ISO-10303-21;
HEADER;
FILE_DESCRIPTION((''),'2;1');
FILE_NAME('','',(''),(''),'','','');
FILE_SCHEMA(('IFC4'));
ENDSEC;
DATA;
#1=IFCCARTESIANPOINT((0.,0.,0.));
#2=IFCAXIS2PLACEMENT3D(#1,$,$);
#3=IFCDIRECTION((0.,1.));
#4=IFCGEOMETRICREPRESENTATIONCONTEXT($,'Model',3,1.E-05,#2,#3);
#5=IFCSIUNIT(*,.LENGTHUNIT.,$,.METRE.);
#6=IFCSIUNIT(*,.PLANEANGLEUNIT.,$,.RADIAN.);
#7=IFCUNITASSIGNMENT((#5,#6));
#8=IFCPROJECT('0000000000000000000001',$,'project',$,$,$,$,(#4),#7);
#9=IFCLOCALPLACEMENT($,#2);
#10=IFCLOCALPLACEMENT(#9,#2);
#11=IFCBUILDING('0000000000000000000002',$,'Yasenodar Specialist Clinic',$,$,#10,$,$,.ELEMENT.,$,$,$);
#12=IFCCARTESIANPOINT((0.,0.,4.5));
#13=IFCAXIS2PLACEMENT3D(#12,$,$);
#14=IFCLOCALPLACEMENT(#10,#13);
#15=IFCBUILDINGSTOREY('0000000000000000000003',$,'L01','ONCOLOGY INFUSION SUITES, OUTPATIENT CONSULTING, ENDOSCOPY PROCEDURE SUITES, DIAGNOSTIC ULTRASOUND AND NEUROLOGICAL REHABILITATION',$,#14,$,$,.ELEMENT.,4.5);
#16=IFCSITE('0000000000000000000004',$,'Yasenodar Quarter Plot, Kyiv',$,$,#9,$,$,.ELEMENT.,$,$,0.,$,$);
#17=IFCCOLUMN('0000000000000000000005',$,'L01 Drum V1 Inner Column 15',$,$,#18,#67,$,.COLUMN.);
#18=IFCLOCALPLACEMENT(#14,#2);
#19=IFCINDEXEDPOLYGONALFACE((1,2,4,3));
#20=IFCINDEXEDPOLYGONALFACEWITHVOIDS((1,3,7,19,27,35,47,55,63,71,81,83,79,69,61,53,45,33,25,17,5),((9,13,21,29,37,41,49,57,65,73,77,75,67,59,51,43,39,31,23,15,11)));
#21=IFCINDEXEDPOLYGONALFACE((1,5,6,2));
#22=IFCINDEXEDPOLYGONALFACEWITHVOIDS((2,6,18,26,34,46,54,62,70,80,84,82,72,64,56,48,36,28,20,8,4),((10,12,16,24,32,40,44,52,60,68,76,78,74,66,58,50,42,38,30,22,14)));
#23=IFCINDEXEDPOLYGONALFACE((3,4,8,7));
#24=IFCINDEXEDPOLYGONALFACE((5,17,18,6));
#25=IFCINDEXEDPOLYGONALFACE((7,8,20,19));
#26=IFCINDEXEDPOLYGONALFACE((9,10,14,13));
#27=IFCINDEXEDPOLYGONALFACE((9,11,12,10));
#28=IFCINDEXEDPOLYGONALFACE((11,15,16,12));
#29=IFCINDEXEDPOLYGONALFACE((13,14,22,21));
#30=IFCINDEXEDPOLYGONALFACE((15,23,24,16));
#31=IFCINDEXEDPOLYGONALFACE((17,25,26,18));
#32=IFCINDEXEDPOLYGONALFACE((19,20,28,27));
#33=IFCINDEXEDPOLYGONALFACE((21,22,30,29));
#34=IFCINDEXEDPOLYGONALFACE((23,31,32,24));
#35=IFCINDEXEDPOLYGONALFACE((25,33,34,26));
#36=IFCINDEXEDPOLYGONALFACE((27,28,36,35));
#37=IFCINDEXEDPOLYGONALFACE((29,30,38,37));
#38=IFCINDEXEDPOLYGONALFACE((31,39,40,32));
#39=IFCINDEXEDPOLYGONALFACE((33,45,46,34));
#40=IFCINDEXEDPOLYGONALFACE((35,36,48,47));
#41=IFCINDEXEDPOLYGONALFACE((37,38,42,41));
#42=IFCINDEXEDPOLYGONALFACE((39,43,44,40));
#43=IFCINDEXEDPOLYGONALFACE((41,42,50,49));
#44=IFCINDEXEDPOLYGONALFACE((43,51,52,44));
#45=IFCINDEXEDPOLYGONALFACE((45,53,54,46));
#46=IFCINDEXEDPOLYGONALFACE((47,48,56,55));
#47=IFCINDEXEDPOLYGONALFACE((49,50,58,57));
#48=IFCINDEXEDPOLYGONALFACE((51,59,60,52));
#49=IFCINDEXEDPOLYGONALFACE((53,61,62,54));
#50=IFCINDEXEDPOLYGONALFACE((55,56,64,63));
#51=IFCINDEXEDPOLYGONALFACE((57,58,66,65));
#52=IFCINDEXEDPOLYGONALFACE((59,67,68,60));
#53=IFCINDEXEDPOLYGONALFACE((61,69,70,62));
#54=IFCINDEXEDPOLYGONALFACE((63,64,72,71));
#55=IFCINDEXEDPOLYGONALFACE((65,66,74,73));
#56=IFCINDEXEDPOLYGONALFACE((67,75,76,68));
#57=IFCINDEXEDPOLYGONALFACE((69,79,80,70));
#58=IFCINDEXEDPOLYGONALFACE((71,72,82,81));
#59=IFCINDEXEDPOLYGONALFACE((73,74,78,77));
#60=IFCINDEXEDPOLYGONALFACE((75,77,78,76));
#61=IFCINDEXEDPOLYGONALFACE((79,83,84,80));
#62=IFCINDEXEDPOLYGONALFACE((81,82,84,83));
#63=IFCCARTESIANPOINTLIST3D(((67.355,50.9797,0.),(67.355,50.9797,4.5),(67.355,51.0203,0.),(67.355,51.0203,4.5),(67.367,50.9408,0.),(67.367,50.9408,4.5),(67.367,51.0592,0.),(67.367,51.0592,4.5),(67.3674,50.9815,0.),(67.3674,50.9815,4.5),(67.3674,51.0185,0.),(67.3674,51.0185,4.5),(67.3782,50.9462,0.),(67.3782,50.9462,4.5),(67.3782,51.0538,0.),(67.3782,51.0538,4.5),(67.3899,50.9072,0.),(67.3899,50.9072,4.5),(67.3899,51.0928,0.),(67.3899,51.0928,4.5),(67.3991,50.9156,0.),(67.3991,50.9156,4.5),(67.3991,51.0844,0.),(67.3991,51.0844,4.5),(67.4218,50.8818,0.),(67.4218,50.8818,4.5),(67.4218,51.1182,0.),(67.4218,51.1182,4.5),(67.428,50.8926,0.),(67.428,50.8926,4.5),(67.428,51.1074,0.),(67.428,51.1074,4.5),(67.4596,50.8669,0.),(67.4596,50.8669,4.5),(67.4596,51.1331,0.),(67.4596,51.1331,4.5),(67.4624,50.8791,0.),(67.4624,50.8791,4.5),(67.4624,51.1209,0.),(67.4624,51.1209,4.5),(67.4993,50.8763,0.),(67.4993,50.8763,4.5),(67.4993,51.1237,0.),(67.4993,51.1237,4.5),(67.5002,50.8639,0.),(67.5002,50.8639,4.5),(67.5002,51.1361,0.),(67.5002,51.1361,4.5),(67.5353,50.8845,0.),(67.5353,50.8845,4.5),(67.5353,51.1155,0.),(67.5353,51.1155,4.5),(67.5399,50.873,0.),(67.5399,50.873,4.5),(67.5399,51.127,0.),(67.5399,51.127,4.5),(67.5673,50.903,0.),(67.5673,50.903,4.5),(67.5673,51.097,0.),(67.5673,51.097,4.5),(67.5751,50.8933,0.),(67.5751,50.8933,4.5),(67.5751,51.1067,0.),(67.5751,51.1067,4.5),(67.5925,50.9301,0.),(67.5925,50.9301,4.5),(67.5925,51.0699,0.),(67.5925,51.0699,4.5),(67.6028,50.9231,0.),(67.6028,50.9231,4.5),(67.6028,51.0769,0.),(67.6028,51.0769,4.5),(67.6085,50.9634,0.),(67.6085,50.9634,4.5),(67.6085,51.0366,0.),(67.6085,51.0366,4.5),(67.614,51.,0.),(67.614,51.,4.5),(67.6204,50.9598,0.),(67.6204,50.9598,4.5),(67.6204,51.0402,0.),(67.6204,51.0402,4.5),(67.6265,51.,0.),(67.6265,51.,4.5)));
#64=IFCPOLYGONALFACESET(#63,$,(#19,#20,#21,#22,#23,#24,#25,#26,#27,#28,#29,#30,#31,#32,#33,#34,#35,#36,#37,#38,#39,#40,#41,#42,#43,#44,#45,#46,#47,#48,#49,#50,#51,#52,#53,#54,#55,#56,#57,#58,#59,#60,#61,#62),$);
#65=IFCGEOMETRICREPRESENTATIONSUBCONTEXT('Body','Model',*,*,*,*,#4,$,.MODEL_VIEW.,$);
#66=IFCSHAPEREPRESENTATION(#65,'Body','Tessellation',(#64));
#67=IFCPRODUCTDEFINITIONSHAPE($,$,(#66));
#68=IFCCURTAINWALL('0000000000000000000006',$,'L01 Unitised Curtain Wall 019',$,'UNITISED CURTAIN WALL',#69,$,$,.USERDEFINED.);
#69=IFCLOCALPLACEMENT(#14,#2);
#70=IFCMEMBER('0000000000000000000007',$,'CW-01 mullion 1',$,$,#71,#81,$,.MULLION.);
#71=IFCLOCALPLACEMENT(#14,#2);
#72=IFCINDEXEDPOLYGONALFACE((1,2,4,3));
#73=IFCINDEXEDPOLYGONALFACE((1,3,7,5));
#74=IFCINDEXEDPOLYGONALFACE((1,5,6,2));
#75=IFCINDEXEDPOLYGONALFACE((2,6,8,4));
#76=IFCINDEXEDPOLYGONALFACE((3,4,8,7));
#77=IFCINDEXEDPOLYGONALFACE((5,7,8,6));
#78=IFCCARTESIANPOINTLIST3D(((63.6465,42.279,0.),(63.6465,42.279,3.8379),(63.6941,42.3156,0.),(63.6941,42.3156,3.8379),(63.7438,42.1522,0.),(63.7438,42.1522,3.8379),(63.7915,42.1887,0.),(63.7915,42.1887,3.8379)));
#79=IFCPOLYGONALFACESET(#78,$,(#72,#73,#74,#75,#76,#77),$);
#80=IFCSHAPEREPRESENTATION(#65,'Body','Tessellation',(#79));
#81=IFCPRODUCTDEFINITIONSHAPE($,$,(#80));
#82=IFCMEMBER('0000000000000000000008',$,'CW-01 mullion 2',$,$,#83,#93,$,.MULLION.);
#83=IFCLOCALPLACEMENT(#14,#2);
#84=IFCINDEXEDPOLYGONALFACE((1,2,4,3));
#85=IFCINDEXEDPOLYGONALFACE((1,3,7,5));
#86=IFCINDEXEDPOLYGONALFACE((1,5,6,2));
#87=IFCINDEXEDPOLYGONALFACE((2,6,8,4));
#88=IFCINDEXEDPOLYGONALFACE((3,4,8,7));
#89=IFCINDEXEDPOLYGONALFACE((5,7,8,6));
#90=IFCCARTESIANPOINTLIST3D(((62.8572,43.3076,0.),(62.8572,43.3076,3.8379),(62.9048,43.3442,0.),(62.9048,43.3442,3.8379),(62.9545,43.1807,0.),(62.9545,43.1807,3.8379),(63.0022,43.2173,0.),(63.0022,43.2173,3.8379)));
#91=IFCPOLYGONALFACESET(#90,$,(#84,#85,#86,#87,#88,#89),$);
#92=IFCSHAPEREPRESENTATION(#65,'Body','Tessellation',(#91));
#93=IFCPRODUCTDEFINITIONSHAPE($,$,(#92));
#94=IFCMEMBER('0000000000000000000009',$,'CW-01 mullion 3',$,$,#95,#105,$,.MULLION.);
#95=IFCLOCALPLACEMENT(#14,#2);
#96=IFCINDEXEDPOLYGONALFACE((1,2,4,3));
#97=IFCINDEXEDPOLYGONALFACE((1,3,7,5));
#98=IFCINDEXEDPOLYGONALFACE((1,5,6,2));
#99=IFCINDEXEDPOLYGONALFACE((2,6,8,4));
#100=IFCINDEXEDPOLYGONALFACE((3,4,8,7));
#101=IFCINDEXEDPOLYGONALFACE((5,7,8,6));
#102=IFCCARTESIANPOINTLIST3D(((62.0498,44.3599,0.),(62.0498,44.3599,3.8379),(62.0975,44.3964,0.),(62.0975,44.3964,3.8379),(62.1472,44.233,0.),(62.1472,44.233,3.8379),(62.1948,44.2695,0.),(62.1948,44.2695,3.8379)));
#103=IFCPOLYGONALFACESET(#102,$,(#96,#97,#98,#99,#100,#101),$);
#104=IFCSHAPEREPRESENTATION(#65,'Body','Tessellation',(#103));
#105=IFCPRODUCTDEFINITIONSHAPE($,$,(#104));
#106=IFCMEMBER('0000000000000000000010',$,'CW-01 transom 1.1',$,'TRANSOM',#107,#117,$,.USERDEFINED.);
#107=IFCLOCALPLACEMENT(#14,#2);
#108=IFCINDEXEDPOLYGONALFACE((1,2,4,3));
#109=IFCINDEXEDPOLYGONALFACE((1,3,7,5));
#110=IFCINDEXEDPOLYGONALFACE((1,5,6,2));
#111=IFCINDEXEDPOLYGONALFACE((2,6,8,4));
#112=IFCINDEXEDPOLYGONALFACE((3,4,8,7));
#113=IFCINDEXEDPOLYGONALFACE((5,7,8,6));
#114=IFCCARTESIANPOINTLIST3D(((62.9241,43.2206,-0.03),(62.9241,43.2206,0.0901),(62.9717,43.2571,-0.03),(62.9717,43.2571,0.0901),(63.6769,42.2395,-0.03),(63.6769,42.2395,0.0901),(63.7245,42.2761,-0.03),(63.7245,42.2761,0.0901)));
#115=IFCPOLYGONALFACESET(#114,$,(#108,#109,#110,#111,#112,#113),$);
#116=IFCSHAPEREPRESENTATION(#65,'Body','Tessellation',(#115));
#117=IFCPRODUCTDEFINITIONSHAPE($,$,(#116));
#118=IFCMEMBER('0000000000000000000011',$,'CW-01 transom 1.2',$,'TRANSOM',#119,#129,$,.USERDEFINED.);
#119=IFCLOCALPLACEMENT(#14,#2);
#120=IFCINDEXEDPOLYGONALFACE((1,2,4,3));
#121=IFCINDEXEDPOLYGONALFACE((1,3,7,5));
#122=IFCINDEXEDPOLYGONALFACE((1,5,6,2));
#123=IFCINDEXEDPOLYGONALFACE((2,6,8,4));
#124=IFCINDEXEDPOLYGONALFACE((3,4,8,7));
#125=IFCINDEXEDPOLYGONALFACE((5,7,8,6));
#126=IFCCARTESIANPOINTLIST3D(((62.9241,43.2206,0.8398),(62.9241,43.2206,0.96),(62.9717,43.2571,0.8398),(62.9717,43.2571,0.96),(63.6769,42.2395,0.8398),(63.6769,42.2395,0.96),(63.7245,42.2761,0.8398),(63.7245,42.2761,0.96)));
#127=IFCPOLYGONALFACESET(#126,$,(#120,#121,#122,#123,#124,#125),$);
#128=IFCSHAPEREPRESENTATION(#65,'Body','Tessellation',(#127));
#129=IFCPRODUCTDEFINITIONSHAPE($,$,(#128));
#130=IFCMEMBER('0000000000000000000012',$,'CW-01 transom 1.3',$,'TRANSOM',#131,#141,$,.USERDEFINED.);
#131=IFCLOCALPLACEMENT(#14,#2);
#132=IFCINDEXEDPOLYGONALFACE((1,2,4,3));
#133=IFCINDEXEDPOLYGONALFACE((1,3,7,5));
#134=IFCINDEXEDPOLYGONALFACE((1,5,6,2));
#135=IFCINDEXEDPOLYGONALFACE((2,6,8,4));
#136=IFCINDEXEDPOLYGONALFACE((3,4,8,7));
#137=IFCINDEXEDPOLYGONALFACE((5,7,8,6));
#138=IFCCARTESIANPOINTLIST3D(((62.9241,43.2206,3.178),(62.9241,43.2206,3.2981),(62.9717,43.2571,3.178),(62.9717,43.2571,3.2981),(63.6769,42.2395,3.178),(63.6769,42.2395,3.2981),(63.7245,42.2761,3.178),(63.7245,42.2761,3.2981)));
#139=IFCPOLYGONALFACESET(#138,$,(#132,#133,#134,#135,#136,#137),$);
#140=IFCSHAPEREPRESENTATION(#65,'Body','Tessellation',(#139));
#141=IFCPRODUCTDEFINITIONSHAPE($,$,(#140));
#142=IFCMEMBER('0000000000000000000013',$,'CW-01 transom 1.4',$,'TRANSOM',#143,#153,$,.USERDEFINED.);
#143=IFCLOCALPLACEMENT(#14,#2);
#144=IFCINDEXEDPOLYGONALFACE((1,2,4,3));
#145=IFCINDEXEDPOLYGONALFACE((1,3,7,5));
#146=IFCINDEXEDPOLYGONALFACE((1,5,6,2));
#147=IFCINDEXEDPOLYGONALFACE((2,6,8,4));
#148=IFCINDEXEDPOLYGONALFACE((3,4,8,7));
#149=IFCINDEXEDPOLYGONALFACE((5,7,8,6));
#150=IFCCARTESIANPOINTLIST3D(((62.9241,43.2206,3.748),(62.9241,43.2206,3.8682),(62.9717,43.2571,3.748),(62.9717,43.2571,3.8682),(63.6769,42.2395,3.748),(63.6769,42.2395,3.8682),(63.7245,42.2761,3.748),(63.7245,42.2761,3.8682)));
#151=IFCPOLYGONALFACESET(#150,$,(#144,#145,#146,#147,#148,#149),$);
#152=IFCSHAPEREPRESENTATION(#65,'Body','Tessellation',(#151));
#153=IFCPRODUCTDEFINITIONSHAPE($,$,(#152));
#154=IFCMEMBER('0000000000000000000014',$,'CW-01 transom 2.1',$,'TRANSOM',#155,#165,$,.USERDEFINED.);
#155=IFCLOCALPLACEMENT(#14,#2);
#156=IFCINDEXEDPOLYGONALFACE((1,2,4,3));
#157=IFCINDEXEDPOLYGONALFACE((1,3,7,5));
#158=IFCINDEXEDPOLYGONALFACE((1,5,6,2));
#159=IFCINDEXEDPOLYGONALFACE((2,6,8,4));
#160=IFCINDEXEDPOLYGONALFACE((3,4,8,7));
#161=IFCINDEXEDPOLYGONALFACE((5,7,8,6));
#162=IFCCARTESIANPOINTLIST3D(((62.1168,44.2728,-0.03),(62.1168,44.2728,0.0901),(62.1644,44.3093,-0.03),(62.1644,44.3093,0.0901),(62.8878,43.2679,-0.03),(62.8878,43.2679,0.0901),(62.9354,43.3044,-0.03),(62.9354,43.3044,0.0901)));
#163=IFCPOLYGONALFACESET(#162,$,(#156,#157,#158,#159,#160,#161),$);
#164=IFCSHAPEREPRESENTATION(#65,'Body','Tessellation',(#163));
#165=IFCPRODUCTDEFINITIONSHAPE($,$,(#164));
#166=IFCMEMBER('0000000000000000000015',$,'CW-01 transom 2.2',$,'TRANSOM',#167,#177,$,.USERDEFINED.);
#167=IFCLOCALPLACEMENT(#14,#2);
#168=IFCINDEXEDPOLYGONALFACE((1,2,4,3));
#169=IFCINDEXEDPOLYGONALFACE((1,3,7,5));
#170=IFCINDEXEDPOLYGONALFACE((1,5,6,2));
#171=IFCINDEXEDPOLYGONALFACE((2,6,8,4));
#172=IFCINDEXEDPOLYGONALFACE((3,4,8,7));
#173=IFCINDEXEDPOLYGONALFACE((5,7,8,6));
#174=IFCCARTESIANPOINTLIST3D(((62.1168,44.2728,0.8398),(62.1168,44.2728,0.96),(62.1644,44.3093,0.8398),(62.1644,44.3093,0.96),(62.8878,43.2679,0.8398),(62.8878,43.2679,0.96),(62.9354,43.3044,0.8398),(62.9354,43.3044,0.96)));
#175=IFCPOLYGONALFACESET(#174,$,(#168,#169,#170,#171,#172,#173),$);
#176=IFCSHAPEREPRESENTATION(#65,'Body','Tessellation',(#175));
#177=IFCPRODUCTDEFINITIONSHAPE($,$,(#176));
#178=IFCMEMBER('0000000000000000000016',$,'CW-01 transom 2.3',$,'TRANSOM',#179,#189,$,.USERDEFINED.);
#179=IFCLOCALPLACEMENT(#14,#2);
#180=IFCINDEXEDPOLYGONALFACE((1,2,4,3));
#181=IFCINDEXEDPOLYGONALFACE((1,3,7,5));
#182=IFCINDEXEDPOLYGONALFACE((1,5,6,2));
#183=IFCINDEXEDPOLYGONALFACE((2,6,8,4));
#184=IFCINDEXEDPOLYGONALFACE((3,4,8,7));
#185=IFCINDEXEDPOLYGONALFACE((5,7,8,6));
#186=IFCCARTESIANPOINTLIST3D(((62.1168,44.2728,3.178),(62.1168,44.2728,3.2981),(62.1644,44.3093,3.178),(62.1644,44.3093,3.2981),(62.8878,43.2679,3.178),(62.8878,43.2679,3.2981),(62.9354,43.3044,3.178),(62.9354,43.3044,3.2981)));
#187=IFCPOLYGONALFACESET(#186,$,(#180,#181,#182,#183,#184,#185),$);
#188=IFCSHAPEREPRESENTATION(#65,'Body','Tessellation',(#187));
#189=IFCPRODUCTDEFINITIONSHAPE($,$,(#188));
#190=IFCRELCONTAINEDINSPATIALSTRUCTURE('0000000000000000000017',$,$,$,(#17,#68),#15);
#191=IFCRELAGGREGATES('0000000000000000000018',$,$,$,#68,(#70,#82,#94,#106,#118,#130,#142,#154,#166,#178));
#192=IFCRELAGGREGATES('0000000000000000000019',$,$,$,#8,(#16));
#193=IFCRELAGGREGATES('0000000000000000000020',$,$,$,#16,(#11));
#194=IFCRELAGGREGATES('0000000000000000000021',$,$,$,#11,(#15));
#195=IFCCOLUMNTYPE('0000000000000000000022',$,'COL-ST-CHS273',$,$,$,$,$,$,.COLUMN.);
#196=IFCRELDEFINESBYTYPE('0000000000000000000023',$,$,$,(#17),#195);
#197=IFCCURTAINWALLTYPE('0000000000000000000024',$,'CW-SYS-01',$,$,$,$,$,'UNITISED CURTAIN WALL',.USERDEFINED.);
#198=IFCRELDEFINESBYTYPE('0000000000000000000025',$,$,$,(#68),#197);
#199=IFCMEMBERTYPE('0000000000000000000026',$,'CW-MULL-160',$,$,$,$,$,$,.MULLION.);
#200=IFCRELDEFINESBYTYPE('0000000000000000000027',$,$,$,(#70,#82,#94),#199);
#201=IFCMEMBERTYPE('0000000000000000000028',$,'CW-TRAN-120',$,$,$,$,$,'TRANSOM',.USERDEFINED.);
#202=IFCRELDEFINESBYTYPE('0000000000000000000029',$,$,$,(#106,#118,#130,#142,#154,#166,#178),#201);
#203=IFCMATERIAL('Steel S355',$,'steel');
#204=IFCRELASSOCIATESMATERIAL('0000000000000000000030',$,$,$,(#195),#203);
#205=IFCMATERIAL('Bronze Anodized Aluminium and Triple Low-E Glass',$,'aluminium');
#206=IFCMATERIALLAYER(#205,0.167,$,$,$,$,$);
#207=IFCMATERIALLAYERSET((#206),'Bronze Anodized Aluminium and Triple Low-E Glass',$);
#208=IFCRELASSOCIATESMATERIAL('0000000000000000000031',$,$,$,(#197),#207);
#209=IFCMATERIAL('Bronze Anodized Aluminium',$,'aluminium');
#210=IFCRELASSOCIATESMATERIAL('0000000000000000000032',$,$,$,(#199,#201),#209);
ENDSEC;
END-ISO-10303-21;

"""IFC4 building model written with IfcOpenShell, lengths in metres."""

from ifc_helpers import new_model, si_unit, direction, frame, origin, origin_2d, place, context, subcontext, project, spatial, rectangle, hollow_circle, extrude, material, layer, layer_set, material_profile, profile_set, type_object, element, aggregate, save


model = new_model("IFC4")

# Units and contexts
model_context = context("Model", 3, precision=1e-05, world=origin(), true_north=direction((0.0, 1.0)))
body_context = subcontext(model_context, "Body", "Model", "MODEL_VIEW")
ifc_project = project(units=[si_unit("LENGTHUNIT", "METRE"), si_unit("PLANEANGLEUNIT", "RADIAN")], contexts=[model_context])

# Site, building, storey
site_placement = place(None, origin())
site = spatial("IfcSite", under=ifc_project, at=site_placement, Name="Yasenodar Quarter Plot, Kyiv", CompositionType="ELEMENT", RefElevation=0.0)
building_placement = place(site_placement, origin())
building = spatial("IfcBuilding", under=site, at=building_placement, Name="Yasenodar Specialist Clinic", CompositionType="ELEMENT")
storey_placement = place(building_placement, frame((0.0, 0.0, 4.5)))
storey = spatial("IfcBuildingStorey", under=building, at=storey_placement, Name="L01", Description="ONCOLOGY INFUSION SUITES, OUTPATIENT CONSULTING, ENDOSCOPY PROCEDURE SUITES, DIAGNOSTIC ULTRASOUND AND NEUROLOGICAL REHABILITATION", CompositionType="ELEMENT", Elevation=4.5)

# Column
ifc_material_1 = material(Name="Steel S355", Category="steel")
ifc_material_profile_1 = material_profile(ifc_material_1, hollow_circle(Radius=0.1365, WallThickness=0.0125, at=origin_2d()), Name="CHS 273x12.5")
ifc_profile_set_1 = profile_set([ifc_material_profile_1], Name="Steel S355")
column_type = type_object("IfcColumnType", Name="COL-ST-CHS273", PredefinedType="COLUMN", material=ifc_profile_set_1)
column_placement = place(storey_placement, frame((67.49, 51.0, 0.0), z_axis=(0.0, 0.0, 1.0), x_axis=(1.0, 0.0, 0.0)))
element("IfcColumn", 1, at=column_placement, inside=storey, type_object=column_type, Name="L01 Drum V1 Inner Column 15", PredefinedType="COLUMN", context=body_context, shape_type="SweptSolid", body=[
    extrude(hollow_circle(Radius=0.1365, WallThickness=0.0125, at=origin_2d()), origin(), (0.0, 0.0, 1.0), 4.5),
])

# Curtain wall, members
ifc_material_2 = material(Name="Bronze Anodized Aluminium and Triple Low-E Glass", Category="aluminium")
ifc_layer_1 = layer(ifc_material_2, 0.167)
ifc_layer_set_1 = layer_set([ifc_layer_1], Name="Bronze Anodized Aluminium and Triple Low-E Glass")
curtain_wall_type = type_object("IfcCurtainWallType", Name="CW-SYS-01", ElementType="UNITISED CURTAIN WALL", PredefinedType="USERDEFINED", material=ifc_layer_set_1)
curtain_wall_placement = place(storey_placement, origin())
curtain_wall = element("IfcCurtainWall", 2, at=curtain_wall_placement, inside=storey, type_object=curtain_wall_type, Name="L01 Unitised Curtain Wall 019", ObjectType="UNITISED CURTAIN WALL", PredefinedType="USERDEFINED")
ifc_material_3 = material(Name="Bronze Anodized Aluminium", Category="aluminium")
ifc_material_profile_2 = material_profile(ifc_material_3, rectangle(XDim=0.0601, YDim=0.1599, at=origin_2d()), Name="CW-MULL 60x160")
ifc_profile_set_2 = profile_set([ifc_material_profile_2], Name="Bronze Anodized Aluminium")
member_type_1 = type_object("IfcMemberType", Name="CW-MULL-160", PredefinedType="MULLION", material=ifc_profile_set_2)
member_1_placement = place(storey_placement, frame((63.719, 42.2339, 0.0), z_axis=(0.0, 0.0, 1.0), x_axis=(-0.793361, -0.608752, 0.0)))
member_1 = element("IfcMember", 3, at=member_1_placement, type_object=member_type_1, Name="CW-01 mullion 1", PredefinedType="MULLION", context=body_context, shape_type="SweptSolid", body=[
    extrude(rectangle(XDim=0.0601, YDim=0.1599, at=origin_2d()), origin(), (0.0, 0.0, 1.0), 3.8379),
])
member_2_placement = place(storey_placement, frame((62.9297, 43.2625, 0.0), z_axis=(0.0, 0.0, 1.0), x_axis=(-0.793361, -0.608752, 0.0)))
member_2 = element("IfcMember", 4, at=member_2_placement, type_object=member_type_1, Name="CW-01 mullion 2", PredefinedType="MULLION", context=body_context, shape_type="SweptSolid", body=[
    extrude(rectangle(XDim=0.0601, YDim=0.1599, at=origin_2d()), origin(), (0.0, 0.0, 1.0), 3.8379),
])
member_3_placement = place(storey_placement, frame((62.1223, 44.3147, 0.0), z_axis=(0.0, 0.0, 1.0), x_axis=(-0.793361, -0.608752, 0.0)))
member_3 = element("IfcMember", 5, at=member_3_placement, type_object=member_type_1, Name="CW-01 mullion 3", PredefinedType="MULLION", context=body_context, shape_type="SweptSolid", body=[
    extrude(rectangle(XDim=0.0601, YDim=0.1599, at=origin_2d()), origin(), (0.0, 0.0, 1.0), 3.8379),
])
ifc_material_profile_3 = material_profile(ifc_material_3, rectangle(XDim=0.0601, YDim=0.1201, at=origin_2d()), Name="CW-TRAN 60x120")
ifc_profile_set_3 = profile_set([ifc_material_profile_3], Name="Bronze Anodized Aluminium")
member_type_2 = type_object("IfcMemberType", Name="CW-TRAN-120", ElementType="TRANSOM", PredefinedType="USERDEFINED", material=ifc_profile_set_3)
member_4_placement = place(storey_placement, frame((63.7007, 42.2578, 0.03), z_axis=(-0.608747, 0.793365, 0.0), x_axis=(-0.793365, -0.608747, 0.0)))
member_4 = element("IfcMember", 6, at=member_4_placement, type_object=member_type_2, Name="CW-01 transom 1.1", ObjectType="TRANSOM", PredefinedType="USERDEFINED", context=body_context, shape_type="SweptSolid", body=[
    extrude(rectangle(XDim=0.0601, YDim=0.1201, at=origin_2d()), origin(), (0.0, 0.0, 1.0), 1.2366),
])
member_5_placement = place(storey_placement, frame((63.7007, 42.2578, 0.8999), z_axis=(-0.608747, 0.793365, 0.0), x_axis=(-0.793365, -0.608747, 0.0)))
member_5 = element("IfcMember", 7, at=member_5_placement, type_object=member_type_2, Name="CW-01 transom 1.2", ObjectType="TRANSOM", PredefinedType="USERDEFINED", context=body_context, shape_type="SweptSolid", body=[
    extrude(rectangle(XDim=0.0601, YDim=0.1201, at=origin_2d()), origin(), (0.0, 0.0, 1.0), 1.2366),
])
member_6_placement = place(storey_placement, frame((63.7007, 42.2578, 3.238), z_axis=(-0.608747, 0.793365, 0.0), x_axis=(-0.793365, -0.608747, 0.0)))
member_6 = element("IfcMember", 8, at=member_6_placement, type_object=member_type_2, Name="CW-01 transom 1.3", ObjectType="TRANSOM", PredefinedType="USERDEFINED", context=body_context, shape_type="SweptSolid", body=[
    extrude(rectangle(XDim=0.0601, YDim=0.1201, at=origin_2d()), origin(), (0.0, 0.0, 1.0), 1.2366),
])
member_7_placement = place(storey_placement, frame((63.7007, 42.2578, 3.8081), z_axis=(-0.608747, 0.793365, 0.0), x_axis=(-0.793365, -0.608747, 0.0)))
member_7 = element("IfcMember", 9, at=member_7_placement, type_object=member_type_2, Name="CW-01 transom 1.4", ObjectType="TRANSOM", PredefinedType="USERDEFINED", context=body_context, shape_type="SweptSolid", body=[
    extrude(rectangle(XDim=0.0601, YDim=0.1201, at=origin_2d()), origin(), (0.0, 0.0, 1.0), 1.2366),
])
member_8_placement = place(storey_placement, frame((62.9116, 43.2861, 0.03), z_axis=(-0.608723, 0.793383, 0.0), x_axis=(-0.793383, -0.608723, 0.0)))
member_8 = element("IfcMember", 10, at=member_8_placement, type_object=member_type_2, Name="CW-01 transom 2.1", ObjectType="TRANSOM", PredefinedType="USERDEFINED", context=body_context, shape_type="SweptSolid", body=[
    extrude(rectangle(XDim=0.0601, YDim=0.1201, at=origin_2d()), origin(), (0.0, 0.0, 1.0), 1.2666),
])
member_9_placement = place(storey_placement, frame((62.9116, 43.2861, 0.8999), z_axis=(-0.608723, 0.793383, 0.0), x_axis=(-0.793383, -0.608723, 0.0)))
member_9 = element("IfcMember", 11, at=member_9_placement, type_object=member_type_2, Name="CW-01 transom 2.2", ObjectType="TRANSOM", PredefinedType="USERDEFINED", context=body_context, shape_type="SweptSolid", body=[
    extrude(rectangle(XDim=0.0601, YDim=0.1201, at=origin_2d()), origin(), (0.0, 0.0, 1.0), 1.2666),
])
member_10_placement = place(storey_placement, frame((62.9116, 43.2861, 3.238), z_axis=(-0.608723, 0.793383, 0.0), x_axis=(-0.793383, -0.608723, 0.0)))
member_10 = element("IfcMember", 12, at=member_10_placement, type_object=member_type_2, Name="CW-01 transom 2.3", ObjectType="TRANSOM", PredefinedType="USERDEFINED", context=body_context, shape_type="SweptSolid", body=[
    extrude(rectangle(XDim=0.0601, YDim=0.1201, at=origin_2d()), origin(), (0.0, 0.0, 1.0), 1.2666),
])
aggregate(curtain_wall, [member_1, member_2, member_3, member_4, member_5, member_6, member_7, member_8, member_9, member_10])

save(model, "model.ifc")
